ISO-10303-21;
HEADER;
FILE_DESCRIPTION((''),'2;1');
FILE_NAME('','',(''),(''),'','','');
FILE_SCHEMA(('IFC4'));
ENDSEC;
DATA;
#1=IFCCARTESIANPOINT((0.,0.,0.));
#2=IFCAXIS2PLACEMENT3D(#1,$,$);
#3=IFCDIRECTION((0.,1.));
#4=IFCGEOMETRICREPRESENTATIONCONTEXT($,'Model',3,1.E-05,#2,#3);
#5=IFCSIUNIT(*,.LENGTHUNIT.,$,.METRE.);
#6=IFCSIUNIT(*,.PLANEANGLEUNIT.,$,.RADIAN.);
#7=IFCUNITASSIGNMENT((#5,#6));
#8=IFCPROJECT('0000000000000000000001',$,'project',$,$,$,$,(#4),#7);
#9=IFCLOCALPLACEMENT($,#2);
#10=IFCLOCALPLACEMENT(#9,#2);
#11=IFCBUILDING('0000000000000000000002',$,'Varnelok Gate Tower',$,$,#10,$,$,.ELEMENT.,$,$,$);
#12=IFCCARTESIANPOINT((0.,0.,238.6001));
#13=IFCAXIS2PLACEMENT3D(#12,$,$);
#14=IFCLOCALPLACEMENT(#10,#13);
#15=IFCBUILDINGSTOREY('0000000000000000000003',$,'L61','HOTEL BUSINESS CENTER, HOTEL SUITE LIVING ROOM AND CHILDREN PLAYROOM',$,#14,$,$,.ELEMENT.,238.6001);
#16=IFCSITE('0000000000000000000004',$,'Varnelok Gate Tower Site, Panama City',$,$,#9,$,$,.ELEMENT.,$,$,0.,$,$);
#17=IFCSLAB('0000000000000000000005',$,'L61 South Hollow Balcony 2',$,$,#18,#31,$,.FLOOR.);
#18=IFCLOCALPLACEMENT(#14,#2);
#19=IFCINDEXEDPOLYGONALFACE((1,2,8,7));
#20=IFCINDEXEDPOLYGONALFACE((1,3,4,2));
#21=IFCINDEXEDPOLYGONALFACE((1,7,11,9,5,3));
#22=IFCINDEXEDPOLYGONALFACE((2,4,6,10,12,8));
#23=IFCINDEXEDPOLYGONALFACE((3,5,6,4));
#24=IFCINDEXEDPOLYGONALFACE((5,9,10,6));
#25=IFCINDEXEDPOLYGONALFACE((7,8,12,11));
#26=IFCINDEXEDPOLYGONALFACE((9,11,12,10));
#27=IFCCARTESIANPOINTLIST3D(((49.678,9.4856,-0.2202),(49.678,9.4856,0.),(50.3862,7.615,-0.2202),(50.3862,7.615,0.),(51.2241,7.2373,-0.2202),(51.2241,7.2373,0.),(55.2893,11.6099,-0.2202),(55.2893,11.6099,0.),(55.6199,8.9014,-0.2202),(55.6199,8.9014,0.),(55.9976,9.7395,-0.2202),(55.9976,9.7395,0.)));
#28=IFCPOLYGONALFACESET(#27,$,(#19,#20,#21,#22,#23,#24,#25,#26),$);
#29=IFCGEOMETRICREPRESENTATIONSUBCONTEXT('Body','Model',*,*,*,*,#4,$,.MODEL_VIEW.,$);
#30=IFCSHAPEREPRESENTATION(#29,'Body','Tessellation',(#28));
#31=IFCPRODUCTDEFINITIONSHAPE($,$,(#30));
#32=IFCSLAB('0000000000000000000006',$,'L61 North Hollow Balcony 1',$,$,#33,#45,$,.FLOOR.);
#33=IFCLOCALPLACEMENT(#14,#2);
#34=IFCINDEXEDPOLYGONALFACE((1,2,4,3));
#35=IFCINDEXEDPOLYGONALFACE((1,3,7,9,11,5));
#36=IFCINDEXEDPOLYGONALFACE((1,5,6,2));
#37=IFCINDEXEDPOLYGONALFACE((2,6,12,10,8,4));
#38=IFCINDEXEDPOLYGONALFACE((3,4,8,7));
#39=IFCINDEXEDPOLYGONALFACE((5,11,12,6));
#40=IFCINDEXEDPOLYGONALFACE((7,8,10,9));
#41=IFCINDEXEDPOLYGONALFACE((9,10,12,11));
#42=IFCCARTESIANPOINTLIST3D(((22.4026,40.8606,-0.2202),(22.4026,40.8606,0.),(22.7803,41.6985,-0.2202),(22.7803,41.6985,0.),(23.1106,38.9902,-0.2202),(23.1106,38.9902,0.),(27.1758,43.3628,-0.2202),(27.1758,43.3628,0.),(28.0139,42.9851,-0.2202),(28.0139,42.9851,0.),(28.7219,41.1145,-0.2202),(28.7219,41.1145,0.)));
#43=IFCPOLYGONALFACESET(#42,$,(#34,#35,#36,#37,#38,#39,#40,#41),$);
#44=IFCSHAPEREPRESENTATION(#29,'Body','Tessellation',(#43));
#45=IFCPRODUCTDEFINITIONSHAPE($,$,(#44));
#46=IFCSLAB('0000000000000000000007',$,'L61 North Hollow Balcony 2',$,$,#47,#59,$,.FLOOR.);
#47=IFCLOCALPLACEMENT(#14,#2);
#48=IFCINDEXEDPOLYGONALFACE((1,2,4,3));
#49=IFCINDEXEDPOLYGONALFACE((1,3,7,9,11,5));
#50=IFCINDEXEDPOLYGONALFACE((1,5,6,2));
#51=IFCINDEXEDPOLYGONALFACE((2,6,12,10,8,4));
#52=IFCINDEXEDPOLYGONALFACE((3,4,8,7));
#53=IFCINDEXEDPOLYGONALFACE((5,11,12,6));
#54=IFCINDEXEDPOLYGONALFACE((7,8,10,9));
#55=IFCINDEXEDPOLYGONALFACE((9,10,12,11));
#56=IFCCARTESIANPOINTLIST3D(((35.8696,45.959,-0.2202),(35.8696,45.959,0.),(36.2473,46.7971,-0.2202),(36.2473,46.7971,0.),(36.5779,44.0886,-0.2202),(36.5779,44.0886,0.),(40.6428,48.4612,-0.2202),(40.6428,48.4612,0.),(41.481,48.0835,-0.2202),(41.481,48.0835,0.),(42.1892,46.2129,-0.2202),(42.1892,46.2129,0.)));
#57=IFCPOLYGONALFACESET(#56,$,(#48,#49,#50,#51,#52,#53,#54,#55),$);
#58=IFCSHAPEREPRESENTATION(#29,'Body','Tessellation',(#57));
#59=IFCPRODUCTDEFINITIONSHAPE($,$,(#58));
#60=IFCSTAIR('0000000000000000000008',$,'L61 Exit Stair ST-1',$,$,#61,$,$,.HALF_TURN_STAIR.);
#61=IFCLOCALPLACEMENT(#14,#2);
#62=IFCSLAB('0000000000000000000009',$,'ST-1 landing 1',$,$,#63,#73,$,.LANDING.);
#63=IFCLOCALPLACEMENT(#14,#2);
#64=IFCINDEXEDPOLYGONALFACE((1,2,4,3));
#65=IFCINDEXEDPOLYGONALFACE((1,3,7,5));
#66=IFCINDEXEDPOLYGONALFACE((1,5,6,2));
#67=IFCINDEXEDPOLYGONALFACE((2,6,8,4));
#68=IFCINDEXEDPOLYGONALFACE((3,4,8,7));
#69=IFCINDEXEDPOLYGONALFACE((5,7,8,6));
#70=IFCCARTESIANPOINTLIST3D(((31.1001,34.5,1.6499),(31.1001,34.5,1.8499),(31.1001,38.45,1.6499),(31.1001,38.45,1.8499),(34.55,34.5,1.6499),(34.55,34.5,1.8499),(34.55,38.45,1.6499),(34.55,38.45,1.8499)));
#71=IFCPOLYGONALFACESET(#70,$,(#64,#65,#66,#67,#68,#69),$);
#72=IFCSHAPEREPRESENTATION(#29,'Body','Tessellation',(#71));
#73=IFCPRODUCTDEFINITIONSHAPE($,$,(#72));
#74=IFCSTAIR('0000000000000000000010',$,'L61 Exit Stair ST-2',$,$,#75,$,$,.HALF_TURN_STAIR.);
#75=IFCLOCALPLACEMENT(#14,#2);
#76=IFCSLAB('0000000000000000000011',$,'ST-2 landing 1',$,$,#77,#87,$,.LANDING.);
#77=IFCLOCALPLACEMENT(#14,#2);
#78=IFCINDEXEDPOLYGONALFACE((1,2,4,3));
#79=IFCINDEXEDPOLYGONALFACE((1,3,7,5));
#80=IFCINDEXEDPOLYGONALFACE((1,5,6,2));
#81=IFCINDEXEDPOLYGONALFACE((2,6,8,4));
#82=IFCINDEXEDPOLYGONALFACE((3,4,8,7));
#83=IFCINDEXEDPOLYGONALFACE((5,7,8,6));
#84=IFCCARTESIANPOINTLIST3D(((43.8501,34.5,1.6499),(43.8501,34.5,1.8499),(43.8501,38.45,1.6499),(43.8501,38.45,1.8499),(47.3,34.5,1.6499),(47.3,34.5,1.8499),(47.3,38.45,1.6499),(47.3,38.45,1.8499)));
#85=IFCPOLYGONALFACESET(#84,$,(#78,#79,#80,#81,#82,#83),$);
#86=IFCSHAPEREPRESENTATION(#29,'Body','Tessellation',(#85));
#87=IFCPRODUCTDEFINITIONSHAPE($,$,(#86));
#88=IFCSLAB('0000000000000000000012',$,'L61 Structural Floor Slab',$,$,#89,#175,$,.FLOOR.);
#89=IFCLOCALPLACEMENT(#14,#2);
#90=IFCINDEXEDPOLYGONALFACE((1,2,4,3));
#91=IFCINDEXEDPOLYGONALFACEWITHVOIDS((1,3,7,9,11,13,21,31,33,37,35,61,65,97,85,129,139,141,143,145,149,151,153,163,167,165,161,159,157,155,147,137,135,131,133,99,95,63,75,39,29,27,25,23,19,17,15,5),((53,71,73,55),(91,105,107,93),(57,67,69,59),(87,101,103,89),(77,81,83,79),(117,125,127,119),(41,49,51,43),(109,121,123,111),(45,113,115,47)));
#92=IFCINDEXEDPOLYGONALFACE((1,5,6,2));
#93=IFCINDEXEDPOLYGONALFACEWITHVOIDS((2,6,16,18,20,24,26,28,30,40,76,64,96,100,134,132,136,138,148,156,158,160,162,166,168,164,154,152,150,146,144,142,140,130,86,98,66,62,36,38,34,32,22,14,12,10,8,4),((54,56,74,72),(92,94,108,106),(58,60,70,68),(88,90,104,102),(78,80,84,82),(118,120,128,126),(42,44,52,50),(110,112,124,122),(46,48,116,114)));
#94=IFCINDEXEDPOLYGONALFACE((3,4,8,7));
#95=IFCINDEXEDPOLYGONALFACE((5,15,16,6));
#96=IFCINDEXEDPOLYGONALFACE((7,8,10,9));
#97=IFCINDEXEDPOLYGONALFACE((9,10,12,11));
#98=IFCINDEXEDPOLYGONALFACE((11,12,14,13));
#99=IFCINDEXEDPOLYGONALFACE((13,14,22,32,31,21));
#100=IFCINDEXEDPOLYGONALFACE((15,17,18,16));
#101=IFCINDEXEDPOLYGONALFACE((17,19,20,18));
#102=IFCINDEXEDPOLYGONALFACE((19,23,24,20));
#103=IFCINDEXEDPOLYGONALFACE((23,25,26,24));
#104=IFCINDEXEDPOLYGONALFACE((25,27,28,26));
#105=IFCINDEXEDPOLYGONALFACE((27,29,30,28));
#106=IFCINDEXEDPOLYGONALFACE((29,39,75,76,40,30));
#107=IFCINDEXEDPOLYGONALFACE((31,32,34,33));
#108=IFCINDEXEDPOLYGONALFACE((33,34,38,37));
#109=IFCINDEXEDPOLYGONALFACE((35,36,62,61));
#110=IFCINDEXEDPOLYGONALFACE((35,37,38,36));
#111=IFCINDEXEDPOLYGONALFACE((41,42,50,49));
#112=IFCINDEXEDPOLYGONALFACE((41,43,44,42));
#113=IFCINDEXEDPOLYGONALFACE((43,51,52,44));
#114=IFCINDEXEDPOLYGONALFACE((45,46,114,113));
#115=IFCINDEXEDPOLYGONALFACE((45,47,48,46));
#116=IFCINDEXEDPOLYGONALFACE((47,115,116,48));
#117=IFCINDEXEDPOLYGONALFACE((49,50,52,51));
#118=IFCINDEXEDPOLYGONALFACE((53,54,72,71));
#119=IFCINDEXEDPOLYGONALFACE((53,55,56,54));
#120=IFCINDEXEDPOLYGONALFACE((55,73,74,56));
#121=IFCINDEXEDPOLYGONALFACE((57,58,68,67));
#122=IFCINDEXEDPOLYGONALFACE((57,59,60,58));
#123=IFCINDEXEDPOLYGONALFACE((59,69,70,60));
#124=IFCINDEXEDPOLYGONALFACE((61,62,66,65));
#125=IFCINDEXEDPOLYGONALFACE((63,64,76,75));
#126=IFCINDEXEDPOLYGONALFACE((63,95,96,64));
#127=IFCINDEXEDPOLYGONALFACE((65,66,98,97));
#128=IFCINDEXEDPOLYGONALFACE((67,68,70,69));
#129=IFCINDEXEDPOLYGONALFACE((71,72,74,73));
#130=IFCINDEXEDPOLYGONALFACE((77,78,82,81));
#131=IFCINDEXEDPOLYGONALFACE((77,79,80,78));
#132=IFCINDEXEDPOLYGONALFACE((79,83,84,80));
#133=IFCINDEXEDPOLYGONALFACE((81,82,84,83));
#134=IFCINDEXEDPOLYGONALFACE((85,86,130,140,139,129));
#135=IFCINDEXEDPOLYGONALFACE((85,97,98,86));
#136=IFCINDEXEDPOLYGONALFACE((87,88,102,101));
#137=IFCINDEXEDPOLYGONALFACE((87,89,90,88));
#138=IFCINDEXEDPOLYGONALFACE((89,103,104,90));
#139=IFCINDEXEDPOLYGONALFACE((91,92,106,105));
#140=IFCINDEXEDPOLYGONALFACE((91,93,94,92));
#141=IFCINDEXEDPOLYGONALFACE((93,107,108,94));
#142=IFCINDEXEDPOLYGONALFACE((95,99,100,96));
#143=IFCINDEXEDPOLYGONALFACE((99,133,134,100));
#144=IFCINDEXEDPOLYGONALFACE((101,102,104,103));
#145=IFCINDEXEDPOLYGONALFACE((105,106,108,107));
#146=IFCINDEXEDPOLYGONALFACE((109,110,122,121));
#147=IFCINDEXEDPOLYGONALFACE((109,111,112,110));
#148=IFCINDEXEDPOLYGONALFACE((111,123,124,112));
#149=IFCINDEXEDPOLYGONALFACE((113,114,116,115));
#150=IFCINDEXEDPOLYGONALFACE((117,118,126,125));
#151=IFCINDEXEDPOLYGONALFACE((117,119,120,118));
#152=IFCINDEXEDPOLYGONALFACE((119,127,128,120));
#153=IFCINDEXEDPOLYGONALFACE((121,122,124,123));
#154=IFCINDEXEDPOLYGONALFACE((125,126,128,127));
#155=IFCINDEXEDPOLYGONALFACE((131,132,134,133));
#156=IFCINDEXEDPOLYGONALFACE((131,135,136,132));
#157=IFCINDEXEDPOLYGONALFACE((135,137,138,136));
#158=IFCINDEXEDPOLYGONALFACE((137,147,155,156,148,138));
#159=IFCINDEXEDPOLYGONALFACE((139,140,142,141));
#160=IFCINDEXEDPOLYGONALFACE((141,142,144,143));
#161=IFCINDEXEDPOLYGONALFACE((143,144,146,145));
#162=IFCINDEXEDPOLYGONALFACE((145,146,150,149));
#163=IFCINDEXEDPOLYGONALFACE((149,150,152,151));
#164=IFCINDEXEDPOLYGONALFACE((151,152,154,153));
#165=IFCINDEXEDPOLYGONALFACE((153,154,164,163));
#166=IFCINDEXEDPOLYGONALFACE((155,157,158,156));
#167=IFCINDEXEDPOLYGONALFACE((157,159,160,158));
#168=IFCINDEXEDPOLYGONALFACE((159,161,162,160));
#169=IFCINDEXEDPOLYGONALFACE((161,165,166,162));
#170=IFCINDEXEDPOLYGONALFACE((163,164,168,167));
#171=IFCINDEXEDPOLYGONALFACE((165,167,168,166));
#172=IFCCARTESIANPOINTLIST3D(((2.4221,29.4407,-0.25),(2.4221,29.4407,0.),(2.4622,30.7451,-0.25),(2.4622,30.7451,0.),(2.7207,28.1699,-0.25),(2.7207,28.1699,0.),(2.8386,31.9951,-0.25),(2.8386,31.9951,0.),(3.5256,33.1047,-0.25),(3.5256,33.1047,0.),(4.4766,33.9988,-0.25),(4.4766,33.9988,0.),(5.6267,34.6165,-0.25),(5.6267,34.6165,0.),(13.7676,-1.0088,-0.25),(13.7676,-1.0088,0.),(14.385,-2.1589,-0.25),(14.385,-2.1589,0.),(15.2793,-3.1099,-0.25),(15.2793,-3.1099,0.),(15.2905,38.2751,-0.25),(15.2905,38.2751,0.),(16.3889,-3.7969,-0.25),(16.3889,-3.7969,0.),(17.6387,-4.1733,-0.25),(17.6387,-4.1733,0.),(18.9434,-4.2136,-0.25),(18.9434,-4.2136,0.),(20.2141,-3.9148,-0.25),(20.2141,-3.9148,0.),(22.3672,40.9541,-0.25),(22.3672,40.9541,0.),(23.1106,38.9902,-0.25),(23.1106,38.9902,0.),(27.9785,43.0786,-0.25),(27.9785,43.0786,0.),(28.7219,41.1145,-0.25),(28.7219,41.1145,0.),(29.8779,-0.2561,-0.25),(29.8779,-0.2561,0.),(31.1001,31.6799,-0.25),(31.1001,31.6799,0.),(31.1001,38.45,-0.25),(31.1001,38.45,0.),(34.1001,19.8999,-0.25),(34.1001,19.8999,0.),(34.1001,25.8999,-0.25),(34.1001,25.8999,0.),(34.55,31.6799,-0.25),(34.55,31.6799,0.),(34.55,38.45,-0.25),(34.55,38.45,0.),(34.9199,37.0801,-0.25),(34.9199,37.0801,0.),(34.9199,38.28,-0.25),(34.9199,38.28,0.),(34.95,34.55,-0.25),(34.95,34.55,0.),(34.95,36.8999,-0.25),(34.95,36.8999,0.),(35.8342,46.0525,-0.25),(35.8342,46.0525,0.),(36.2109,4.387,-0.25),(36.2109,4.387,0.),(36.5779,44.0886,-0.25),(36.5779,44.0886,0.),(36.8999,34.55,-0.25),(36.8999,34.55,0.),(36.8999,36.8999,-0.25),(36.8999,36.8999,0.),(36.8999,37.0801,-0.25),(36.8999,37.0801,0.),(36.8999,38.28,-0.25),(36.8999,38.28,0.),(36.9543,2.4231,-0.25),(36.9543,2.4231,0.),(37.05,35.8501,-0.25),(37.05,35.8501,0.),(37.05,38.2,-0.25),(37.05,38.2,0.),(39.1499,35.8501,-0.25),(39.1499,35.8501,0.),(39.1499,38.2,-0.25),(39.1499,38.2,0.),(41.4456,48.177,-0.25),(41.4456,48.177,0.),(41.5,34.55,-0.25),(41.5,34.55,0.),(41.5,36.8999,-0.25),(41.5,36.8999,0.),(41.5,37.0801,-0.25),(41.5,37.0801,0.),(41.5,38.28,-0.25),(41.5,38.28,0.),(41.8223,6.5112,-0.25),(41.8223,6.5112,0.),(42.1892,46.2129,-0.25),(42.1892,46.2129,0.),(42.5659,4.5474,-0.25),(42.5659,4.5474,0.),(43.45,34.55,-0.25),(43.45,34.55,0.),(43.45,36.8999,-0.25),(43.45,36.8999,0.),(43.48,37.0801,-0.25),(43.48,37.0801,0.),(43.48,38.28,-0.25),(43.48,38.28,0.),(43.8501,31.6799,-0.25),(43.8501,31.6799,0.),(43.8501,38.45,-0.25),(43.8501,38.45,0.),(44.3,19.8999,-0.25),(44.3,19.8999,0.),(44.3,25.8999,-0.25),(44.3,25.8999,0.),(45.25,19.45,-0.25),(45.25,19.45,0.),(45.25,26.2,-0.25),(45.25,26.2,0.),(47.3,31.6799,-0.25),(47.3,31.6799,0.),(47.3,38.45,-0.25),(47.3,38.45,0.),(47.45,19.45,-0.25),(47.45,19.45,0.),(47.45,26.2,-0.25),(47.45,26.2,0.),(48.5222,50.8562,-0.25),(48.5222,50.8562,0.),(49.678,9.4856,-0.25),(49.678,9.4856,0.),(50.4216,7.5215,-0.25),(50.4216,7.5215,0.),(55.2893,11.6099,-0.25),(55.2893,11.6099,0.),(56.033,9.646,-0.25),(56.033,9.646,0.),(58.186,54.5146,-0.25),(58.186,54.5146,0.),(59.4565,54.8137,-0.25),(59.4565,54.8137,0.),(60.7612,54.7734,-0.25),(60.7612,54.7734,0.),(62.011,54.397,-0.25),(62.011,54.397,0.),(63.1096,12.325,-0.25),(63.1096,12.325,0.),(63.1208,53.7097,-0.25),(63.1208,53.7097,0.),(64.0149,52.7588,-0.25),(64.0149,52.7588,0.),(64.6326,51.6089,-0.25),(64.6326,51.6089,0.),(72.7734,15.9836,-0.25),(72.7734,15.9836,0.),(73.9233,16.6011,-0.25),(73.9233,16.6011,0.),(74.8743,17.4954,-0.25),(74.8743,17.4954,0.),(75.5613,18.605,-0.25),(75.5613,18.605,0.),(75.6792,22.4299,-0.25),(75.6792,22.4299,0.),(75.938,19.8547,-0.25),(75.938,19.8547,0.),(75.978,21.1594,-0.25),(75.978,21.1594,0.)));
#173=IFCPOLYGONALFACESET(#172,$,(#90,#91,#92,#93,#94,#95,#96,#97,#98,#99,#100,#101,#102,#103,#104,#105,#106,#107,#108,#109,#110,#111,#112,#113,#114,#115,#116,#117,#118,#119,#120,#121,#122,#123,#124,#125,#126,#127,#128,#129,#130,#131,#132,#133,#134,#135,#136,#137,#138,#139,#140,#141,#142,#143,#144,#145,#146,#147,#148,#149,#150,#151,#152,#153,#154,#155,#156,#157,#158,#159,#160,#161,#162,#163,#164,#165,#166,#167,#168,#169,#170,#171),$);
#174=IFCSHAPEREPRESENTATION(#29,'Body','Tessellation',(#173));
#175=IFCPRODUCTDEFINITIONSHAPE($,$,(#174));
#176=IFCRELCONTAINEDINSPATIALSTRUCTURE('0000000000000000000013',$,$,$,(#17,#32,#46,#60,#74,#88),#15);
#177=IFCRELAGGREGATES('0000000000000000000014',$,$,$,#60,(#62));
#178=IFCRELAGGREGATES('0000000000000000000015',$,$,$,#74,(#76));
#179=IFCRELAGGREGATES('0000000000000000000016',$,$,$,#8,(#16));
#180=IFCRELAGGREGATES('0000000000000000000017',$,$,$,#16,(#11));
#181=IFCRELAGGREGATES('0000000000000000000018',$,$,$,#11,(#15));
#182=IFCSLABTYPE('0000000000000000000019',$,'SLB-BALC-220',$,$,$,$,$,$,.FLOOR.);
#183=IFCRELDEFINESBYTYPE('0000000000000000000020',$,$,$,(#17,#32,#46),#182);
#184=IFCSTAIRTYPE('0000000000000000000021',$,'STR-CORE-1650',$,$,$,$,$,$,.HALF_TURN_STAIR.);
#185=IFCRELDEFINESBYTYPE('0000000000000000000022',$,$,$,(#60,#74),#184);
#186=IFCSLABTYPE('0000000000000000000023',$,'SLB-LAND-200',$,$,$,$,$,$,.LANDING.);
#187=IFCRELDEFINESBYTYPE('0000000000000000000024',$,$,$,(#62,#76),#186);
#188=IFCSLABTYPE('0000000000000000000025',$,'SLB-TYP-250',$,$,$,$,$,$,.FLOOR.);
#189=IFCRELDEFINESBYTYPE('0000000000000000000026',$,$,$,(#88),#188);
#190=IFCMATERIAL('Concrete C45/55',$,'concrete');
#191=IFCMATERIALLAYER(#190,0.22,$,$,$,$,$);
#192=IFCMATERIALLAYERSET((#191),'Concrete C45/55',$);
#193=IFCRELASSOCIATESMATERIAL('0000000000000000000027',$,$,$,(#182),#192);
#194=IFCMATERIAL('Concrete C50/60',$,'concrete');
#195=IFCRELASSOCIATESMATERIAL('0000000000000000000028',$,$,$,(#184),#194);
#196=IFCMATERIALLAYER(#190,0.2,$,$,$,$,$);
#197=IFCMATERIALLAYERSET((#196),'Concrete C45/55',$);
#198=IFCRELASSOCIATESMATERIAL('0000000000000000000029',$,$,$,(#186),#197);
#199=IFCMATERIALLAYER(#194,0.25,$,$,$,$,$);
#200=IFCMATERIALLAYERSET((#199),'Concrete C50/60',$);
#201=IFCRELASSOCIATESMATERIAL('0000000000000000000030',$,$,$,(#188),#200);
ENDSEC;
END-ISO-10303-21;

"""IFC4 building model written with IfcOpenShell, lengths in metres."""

from ifc_helpers import new_model, si_unit, direction, frame, origin, place, context, subcontext, project, spatial, polyline, outline, extrude, material, layer, layer_set, type_object, element, aggregate, save


model = new_model("IFC4")

# Units and contexts
model_context = context("Model", 3, precision=1e-05, world=origin(), true_north=direction((0.0, 1.0)))
body_context = subcontext(model_context, "Body", "Model", "MODEL_VIEW")
ifc_project = project(units=[si_unit("LENGTHUNIT", "METRE"), si_unit("PLANEANGLEUNIT", "RADIAN")], contexts=[model_context])

# Site, building, storey
site_placement = place(None, origin())
site = spatial("IfcSite", under=ifc_project, at=site_placement, Name="Varnelok Gate Tower Site, Panama City", CompositionType="ELEMENT", RefElevation=0.0)
building_placement = place(site_placement, origin())
building = spatial("IfcBuilding", under=site, at=building_placement, Name="Varnelok Gate Tower", CompositionType="ELEMENT")
storey_placement = place(building_placement, frame((0.0, 0.0, 238.6001)))
storey = spatial("IfcBuildingStorey", under=building, at=storey_placement, Name="L61", Description="HOTEL BUSINESS CENTER, HOTEL SUITE LIVING ROOM AND CHILDREN PLAYROOM", CompositionType="ELEMENT", Elevation=238.6001)

# Slabs
ifc_material_1 = material(Name="Concrete C45/55", Category="concrete")
ifc_layer_1 = layer(ifc_material_1, 0.22)
ifc_layer_set_1 = layer_set([ifc_layer_1], Name="Concrete C45/55")
slab_type_1 = type_object("IfcSlabType", Name="SLB-BALC-220", PredefinedType="FLOOR", material=ifc_layer_set_1)
slab_1_placement = place(storey_placement, frame((0.0, 0.0, -0.2202)))
element("IfcSlab", 1, at=slab_1_placement, inside=storey, type_object=slab_type_1, Name="L61 South Hollow Balcony 2", PredefinedType="FLOOR", context=body_context, shape_type="SweptSolid", body=[
    extrude(outline(polyline([(50.3862, 7.615), (51.2241, 7.2373), (55.6199, 8.9014), (55.9976, 9.7395), (55.2893, 11.6099), (49.678, 9.4856), (50.3862, 7.615)])), origin(), (0.0, 0.0, 1.0), 0.2202),
])
slab_2_placement = place(storey_placement, frame((0.0, 0.0, -0.2202)))
element("IfcSlab", 2, at=slab_2_placement, inside=storey, type_object=slab_type_1, Name="L61 North Hollow Balcony 1", PredefinedType="FLOOR", context=body_context, shape_type="SweptSolid", body=[
    extrude(outline(polyline([(23.1106, 38.9902), (28.7219, 41.1145), (28.0139, 42.9851), (27.1758, 43.3628), (22.7803, 41.6985), (22.4026, 40.8606), (23.1106, 38.9902)])), origin(), (0.0, 0.0, 1.0), 0.2202),
])
slab_3_placement = place(storey_placement, frame((0.0, 0.0, -0.2202)))
element("IfcSlab", 3, at=slab_3_placement, inside=storey, type_object=slab_type_1, Name="L61 North Hollow Balcony 2", PredefinedType="FLOOR", context=body_context, shape_type="SweptSolid", body=[
    extrude(outline(polyline([(36.5779, 44.0886), (42.1892, 46.2129), (41.481, 48.0835), (40.6428, 48.4612), (36.2473, 46.7971), (35.8696, 45.959), (36.5779, 44.0886)])), origin(), (0.0, 0.0, 1.0), 0.2202),
])

# Stairs, slabs
ifc_material_2 = material(Name="Concrete C50/60", Category="concrete")
stair_type = type_object("IfcStairType", Name="STR-CORE-1650", PredefinedType="HALF_TURN_STAIR", material=ifc_material_2)
stair_1_placement = place(storey_placement, origin())
stair_1 = element("IfcStair", 4, at=stair_1_placement, inside=storey, type_object=stair_type, Name="L61 Exit Stair ST-1", PredefinedType="HALF_TURN_STAIR")
ifc_layer_2 = layer(ifc_material_1, 0.2)
ifc_layer_set_2 = layer_set([ifc_layer_2], Name="Concrete C45/55")
slab_type_2 = type_object("IfcSlabType", Name="SLB-LAND-200", PredefinedType="LANDING", material=ifc_layer_set_2)
slab_4_placement = place(storey_placement, frame((0.0, 0.0, 1.6499)))
slab_4 = element("IfcSlab", 5, at=slab_4_placement, type_object=slab_type_2, Name="ST-1 landing 1", PredefinedType="LANDING", context=body_context, shape_type="SweptSolid", body=[
    extrude(outline(polyline([(34.55, 34.5), (34.55, 38.45), (31.1001, 38.45), (31.1001, 34.5), (34.55, 34.5)])), origin(), (0.0, 0.0, 1.0), 0.2),
])
aggregate(stair_1, [slab_4])
stair_2_placement = place(storey_placement, origin())
stair_2 = element("IfcStair", 6, at=stair_2_placement, inside=storey, type_object=stair_type, Name="L61 Exit Stair ST-2", PredefinedType="HALF_TURN_STAIR")
slab_5_placement = place(storey_placement, frame((0.0, 0.0, 1.6499)))
slab_5 = element("IfcSlab", 7, at=slab_5_placement, type_object=slab_type_2, Name="ST-2 landing 1", PredefinedType="LANDING", context=body_context, shape_type="SweptSolid", body=[
    extrude(outline(polyline([(47.3, 34.5), (47.3, 38.45), (43.8501, 38.45), (43.8501, 34.5), (47.3, 34.5)])), origin(), (0.0, 0.0, 1.0), 0.2),
])
aggregate(stair_2, [slab_5])

# Slab
ifc_layer_3 = layer(ifc_material_2, 0.25)
ifc_layer_set_3 = layer_set([ifc_layer_3], Name="Concrete C50/60")
slab_type_3 = type_object("IfcSlabType", Name="SLB-TYP-250", PredefinedType="FLOOR", material=ifc_layer_set_3)
slab_6_placement = place(storey_placement, frame((0.0, 0.0, -0.25)))
element("IfcSlab", 8, at=slab_6_placement, inside=storey, type_object=slab_type_3, Name="L61 Structural Floor Slab", PredefinedType="FLOOR", context=body_context, shape_type="SweptSolid", body=[
    extrude(outline(polyline([(13.7676, -1.0088), (14.385, -2.1589), (15.2793, -3.1099), (16.3889, -3.7969), (17.6387, -4.1733), (18.9434, -4.2136), (20.2141, -3.9148), (29.8779, -0.2561), (36.9543, 2.4231), (36.2109, 4.387), (41.8223, 6.5112), (42.5659, 4.5474), (50.4216, 7.5215), (49.678, 9.4856), (55.2893, 11.6099), (56.033, 9.646), (63.1096, 12.325), (72.7734, 15.9836), (73.9233, 16.6011), (74.8743, 17.4954), (75.5613, 18.605), (75.938, 19.8547), (75.978, 21.1594), (75.6792, 22.4299), (64.6326, 51.6089), (64.0149, 52.7588), (63.1208, 53.7097), (62.011, 54.397), (60.7612, 54.7734), (59.4565, 54.8137), (58.186, 54.5146), (48.5222, 50.8562), (41.4456, 48.177), (42.1892, 46.2129), (36.5779, 44.0886), (35.8342, 46.0525), (27.9785, 43.0786), (28.7219, 41.1145), (23.1106, 38.9902), (22.3672, 40.9541), (15.2905, 38.2751), (5.6267, 34.6165), (4.4766, 33.9988), (3.5256, 33.1047), (2.8386, 31.9951), (2.4622, 30.7451), (2.4221, 29.4407), (2.7207, 28.1699), (13.7676, -1.0088)]), holes=[polyline([(34.55, 31.6799), (34.55, 38.45), (31.1001, 38.45), (31.1001, 31.6799), (34.55, 31.6799)]), polyline([(47.3, 31.6799), (47.3, 38.45), (43.8501, 38.45), (43.8501, 31.6799), (47.3, 31.6799)]), polyline([(34.95, 34.55), (36.8999, 34.55), (36.8999, 36.8999), (34.95, 36.8999), (34.95, 34.55)]), polyline([(41.5, 34.55), (43.45, 34.55), (43.45, 36.8999), (41.5, 36.8999), (41.5, 34.55)]), polyline([(37.05, 35.8501), (39.1499, 35.8501), (39.1499, 38.2), (37.05, 38.2), (37.05, 35.8501)]), polyline([(45.25, 19.45), (47.45, 19.45), (47.45, 26.2), (45.25, 26.2), (45.25, 19.45)]), polyline([(34.9199, 37.0801), (36.8999, 37.0801), (36.8999, 38.28), (34.9199, 38.28), (34.9199, 37.0801)]), polyline([(41.5, 37.0801), (43.48, 37.0801), (43.48, 38.28), (41.5, 38.28), (41.5, 37.0801)]), polyline([(34.1001, 19.8999), (44.3, 19.8999), (44.3, 25.8999), (34.1001, 25.8999), (34.1001, 19.8999)])]), origin(), (0.0, 0.0, 1.0), 0.25),
])

save(model, "model.ifc")
